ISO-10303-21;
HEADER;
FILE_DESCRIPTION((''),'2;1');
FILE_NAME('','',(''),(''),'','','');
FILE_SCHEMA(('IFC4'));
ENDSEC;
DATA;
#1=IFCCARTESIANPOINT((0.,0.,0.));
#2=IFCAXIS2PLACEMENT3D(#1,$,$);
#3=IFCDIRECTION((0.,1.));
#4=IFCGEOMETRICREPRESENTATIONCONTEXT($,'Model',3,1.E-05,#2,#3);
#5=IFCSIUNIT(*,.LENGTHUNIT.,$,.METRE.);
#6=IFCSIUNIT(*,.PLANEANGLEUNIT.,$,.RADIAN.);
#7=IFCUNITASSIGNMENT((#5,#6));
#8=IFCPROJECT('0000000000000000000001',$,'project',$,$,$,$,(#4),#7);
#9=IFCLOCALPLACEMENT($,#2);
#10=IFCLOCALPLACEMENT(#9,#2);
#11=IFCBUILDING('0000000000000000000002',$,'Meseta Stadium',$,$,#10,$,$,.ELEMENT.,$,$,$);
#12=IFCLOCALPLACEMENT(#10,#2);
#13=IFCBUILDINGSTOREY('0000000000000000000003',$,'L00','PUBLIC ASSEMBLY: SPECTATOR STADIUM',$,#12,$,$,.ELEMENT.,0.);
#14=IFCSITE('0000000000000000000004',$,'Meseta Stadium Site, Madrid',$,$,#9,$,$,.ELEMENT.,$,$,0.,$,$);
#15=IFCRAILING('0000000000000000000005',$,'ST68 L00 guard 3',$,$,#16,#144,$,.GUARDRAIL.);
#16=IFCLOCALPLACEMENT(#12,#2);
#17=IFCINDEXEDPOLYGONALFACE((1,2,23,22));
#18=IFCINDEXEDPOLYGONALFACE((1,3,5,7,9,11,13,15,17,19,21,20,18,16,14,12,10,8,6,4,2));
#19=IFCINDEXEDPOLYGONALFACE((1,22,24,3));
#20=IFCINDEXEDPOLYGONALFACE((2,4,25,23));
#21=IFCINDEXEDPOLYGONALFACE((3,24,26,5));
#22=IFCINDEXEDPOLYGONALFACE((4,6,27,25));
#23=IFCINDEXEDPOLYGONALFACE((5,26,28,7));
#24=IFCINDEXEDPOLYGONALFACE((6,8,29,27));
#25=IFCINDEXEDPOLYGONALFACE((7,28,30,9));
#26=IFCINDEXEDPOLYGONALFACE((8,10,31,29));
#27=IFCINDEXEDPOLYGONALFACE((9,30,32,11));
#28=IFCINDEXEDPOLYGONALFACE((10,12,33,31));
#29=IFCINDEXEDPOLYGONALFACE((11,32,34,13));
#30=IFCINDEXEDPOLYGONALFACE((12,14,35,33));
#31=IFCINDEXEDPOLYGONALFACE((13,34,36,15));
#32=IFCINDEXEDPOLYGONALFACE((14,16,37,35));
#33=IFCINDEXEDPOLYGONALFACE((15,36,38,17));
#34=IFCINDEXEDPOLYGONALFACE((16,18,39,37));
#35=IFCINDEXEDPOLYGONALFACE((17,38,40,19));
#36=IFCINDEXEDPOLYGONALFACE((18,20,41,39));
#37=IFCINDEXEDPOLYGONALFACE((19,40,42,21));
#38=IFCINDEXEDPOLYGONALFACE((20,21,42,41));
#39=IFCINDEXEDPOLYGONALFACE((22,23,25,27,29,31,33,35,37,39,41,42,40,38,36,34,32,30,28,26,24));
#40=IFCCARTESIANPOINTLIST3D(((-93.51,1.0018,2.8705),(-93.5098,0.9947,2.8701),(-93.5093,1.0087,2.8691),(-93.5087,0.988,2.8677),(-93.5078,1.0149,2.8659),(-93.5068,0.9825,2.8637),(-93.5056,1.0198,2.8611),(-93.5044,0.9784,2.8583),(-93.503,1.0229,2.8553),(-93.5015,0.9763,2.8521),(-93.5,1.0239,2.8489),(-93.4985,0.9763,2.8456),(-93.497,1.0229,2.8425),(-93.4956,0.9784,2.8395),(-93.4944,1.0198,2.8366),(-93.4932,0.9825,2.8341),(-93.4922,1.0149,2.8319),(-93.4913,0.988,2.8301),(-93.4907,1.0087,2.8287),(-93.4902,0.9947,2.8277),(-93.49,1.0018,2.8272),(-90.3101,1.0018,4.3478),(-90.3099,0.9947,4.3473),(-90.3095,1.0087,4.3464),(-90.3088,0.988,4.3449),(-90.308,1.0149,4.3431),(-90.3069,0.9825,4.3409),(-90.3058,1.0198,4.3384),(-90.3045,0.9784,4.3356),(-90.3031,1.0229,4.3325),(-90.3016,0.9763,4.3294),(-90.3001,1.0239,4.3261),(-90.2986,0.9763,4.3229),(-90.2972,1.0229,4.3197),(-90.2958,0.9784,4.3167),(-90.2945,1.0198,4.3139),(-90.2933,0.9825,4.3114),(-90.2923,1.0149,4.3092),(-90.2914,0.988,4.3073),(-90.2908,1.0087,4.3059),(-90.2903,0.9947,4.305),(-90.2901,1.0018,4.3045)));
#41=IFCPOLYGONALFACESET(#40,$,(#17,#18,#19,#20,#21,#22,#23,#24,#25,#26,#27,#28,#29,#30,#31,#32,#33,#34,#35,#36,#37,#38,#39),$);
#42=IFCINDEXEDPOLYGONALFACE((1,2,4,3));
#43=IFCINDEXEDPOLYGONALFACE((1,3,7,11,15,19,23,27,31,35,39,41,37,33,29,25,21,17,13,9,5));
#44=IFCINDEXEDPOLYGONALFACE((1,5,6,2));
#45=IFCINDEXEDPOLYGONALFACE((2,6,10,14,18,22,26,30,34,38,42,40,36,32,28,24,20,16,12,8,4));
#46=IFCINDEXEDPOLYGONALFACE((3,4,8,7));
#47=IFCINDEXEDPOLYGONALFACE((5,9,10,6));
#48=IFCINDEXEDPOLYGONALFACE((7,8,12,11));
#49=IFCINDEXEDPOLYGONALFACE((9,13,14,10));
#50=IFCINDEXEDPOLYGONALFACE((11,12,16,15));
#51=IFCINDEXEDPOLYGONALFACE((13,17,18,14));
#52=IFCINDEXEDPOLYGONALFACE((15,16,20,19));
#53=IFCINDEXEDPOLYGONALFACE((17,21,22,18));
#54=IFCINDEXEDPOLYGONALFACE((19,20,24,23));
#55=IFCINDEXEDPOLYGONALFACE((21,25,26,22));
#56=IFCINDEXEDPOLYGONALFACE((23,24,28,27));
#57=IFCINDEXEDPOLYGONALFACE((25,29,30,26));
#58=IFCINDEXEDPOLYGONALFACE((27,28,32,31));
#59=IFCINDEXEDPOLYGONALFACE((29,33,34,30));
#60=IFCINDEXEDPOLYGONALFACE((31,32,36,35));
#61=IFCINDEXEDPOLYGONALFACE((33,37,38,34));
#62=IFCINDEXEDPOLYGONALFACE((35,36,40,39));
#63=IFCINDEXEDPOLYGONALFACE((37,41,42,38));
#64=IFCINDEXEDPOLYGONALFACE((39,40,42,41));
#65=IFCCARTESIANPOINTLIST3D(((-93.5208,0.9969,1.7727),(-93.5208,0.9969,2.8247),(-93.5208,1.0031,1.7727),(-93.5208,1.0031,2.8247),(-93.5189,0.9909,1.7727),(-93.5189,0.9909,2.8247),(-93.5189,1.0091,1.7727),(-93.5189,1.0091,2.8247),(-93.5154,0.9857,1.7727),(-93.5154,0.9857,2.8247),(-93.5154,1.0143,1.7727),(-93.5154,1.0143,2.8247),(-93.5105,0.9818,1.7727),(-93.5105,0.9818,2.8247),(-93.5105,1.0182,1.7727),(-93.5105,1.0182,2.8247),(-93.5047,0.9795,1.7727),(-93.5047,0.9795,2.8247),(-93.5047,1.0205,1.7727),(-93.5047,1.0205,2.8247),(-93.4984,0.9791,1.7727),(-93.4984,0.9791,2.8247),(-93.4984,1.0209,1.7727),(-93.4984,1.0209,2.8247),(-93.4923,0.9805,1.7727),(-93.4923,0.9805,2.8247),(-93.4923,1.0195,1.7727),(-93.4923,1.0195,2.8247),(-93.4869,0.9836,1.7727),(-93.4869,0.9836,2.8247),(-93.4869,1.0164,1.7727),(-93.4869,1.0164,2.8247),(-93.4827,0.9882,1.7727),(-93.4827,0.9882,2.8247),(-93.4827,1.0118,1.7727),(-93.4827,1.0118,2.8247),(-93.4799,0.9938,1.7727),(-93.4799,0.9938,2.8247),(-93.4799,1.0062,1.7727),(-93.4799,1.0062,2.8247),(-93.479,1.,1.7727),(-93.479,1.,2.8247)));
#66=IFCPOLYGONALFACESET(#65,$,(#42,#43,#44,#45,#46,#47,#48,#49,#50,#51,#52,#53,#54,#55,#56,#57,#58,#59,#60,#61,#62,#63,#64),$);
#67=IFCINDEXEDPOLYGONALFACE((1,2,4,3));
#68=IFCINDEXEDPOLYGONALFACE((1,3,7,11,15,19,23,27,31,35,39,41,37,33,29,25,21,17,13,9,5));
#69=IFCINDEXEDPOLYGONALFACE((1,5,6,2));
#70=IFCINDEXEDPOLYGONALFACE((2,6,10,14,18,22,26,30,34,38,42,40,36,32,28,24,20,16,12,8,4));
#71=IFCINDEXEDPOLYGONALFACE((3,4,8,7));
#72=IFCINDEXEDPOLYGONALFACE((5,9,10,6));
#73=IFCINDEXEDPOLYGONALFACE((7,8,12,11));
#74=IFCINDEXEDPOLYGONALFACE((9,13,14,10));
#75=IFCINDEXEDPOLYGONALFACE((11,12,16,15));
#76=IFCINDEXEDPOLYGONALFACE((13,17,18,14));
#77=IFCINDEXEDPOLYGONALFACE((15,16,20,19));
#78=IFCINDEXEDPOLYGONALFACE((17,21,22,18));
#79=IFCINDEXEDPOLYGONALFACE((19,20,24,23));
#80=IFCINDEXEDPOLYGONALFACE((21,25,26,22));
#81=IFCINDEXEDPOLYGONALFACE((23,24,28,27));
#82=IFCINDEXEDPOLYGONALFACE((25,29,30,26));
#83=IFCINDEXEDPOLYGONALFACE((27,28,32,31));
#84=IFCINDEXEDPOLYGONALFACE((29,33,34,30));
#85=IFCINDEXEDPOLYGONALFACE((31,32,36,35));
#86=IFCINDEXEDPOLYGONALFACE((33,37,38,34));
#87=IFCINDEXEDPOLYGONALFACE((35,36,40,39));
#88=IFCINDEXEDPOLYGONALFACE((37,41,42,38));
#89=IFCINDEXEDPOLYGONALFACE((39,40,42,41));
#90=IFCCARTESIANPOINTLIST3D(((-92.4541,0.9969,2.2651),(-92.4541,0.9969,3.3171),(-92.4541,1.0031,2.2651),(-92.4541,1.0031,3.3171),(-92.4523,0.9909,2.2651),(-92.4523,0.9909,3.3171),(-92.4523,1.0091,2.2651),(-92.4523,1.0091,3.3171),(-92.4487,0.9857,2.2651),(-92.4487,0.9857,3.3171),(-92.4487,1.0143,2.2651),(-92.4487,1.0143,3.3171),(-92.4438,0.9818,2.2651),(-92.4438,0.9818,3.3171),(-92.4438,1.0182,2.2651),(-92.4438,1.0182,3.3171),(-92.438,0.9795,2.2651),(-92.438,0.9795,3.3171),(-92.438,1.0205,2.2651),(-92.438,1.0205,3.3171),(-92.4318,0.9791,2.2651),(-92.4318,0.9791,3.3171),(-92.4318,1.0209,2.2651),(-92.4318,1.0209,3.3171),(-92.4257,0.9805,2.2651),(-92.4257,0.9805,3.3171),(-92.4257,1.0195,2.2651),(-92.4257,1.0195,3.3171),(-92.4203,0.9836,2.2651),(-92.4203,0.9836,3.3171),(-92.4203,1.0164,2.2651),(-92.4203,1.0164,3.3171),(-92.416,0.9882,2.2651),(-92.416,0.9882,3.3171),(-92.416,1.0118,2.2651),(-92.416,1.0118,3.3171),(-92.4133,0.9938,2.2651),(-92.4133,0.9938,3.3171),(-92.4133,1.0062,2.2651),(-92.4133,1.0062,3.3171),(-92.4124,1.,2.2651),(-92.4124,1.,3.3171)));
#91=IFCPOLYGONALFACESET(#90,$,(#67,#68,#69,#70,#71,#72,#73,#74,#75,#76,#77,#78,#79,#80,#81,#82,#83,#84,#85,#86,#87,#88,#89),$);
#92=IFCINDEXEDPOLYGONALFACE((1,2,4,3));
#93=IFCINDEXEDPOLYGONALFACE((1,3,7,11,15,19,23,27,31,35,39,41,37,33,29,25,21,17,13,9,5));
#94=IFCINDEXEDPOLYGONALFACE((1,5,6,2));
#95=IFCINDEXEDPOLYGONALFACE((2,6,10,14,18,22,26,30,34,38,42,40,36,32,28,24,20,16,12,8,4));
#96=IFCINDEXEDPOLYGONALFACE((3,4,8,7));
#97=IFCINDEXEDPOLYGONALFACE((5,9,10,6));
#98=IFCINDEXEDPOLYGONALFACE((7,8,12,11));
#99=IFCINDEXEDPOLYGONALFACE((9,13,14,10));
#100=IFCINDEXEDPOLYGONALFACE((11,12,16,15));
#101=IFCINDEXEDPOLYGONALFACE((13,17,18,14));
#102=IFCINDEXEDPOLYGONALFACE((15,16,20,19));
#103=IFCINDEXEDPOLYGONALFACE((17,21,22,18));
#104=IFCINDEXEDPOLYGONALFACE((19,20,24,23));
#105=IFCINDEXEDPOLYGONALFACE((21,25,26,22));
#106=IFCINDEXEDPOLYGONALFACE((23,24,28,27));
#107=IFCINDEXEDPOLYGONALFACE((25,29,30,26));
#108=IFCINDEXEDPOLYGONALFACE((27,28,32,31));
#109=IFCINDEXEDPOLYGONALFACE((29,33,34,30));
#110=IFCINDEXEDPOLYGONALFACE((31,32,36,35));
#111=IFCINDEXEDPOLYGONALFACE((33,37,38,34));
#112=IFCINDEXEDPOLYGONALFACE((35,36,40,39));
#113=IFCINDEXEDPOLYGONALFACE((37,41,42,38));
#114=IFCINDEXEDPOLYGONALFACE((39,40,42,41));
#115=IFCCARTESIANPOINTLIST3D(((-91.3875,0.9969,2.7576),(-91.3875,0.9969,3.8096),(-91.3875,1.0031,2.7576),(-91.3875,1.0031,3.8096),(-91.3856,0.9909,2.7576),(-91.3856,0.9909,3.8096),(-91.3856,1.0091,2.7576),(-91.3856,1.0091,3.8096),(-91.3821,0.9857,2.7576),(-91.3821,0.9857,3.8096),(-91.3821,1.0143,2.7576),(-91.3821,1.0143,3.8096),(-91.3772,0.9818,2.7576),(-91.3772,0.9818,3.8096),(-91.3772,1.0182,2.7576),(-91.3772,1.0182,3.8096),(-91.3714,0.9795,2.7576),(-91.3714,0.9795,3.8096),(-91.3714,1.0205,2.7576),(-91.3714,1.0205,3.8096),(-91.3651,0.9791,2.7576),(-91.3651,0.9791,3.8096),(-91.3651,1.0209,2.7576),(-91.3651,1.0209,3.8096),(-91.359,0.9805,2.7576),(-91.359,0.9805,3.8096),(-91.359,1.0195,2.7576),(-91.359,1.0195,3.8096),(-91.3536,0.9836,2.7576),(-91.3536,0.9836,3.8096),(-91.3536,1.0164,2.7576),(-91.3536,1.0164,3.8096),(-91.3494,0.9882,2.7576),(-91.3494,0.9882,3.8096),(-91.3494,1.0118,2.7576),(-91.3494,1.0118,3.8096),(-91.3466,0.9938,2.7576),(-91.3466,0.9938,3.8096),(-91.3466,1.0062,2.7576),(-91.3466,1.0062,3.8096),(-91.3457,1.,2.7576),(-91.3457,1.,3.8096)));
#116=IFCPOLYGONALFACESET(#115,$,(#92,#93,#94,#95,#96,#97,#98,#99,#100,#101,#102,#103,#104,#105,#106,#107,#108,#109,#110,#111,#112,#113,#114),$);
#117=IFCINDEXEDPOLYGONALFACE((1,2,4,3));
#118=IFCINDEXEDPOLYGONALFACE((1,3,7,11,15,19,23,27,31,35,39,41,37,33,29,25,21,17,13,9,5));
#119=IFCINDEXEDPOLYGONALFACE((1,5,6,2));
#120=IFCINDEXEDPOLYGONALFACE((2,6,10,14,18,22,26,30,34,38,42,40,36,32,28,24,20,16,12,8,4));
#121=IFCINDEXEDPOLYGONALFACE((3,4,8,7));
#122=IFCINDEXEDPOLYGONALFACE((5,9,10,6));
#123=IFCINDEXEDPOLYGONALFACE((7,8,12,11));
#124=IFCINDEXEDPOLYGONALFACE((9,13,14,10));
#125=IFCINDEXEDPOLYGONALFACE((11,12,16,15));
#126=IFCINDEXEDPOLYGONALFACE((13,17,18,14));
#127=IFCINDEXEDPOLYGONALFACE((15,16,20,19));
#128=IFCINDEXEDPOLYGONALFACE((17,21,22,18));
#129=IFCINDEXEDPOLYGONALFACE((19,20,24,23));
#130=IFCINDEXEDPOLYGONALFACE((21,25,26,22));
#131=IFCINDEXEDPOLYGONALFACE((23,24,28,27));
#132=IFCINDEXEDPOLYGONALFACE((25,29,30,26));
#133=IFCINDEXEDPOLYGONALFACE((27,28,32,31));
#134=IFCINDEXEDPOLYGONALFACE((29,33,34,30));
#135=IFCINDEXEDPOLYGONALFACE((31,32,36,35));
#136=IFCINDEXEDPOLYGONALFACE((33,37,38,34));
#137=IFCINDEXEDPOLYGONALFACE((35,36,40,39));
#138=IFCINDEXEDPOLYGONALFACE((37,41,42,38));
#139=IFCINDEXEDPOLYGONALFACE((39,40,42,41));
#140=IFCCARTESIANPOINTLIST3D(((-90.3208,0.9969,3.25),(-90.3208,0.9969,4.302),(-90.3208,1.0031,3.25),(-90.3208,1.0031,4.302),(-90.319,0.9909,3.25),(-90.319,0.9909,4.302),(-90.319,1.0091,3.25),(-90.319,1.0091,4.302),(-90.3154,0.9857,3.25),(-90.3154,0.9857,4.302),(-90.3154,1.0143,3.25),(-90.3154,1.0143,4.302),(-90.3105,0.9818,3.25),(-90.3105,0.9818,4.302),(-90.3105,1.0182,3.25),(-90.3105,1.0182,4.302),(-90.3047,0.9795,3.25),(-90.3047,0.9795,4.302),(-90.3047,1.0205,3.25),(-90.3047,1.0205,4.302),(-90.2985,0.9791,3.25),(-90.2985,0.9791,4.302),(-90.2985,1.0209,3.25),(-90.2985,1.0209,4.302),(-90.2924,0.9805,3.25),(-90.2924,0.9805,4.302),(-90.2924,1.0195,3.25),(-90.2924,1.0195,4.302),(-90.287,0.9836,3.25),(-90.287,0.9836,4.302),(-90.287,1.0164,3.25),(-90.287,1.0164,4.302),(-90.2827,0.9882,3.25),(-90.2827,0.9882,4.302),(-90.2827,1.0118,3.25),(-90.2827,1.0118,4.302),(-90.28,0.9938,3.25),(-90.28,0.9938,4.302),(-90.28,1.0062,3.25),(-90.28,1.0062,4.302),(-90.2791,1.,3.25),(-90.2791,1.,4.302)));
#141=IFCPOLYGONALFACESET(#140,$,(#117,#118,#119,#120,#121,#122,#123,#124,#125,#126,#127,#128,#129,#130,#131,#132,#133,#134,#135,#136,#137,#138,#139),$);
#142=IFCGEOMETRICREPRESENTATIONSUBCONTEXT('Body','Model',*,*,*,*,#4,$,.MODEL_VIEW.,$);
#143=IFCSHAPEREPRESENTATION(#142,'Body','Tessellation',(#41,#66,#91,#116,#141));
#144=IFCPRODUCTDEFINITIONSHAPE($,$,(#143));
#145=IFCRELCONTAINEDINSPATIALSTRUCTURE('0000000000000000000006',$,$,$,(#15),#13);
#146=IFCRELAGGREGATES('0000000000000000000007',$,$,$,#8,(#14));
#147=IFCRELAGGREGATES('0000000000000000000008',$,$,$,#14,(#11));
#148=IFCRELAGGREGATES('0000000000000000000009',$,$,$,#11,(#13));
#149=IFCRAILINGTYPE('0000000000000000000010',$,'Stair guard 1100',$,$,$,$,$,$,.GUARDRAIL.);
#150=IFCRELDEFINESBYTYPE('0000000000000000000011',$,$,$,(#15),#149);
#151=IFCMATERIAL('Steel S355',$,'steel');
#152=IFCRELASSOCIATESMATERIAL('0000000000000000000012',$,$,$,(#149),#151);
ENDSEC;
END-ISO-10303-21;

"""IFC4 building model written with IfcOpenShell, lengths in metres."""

from ifc_helpers import new_model, si_unit, direction, frame, origin, origin_2d, place, context, subcontext, project, spatial, circle, extrude, material, type_object, element, save


model = new_model("IFC4")

# Units and contexts
model_context = context("Model", 3, precision=1e-05, world=origin(), true_north=direction((0.0, 1.0)))
body_context = subcontext(model_context, "Body", "Model", "MODEL_VIEW")
ifc_project = project(units=[si_unit("LENGTHUNIT", "METRE"), si_unit("PLANEANGLEUNIT", "RADIAN")], contexts=[model_context])

# Site, building, storey
site_placement = place(None, origin())
site = spatial("IfcSite", under=ifc_project, at=site_placement, Name="Meseta Stadium Site, Madrid", CompositionType="ELEMENT", RefElevation=0.0)
building_placement = place(site_placement, origin())
building = spatial("IfcBuilding", under=site, at=building_placement, Name="Meseta Stadium", CompositionType="ELEMENT")
storey_placement = place(building_placement, origin())
storey = spatial("IfcBuildingStorey", under=building, at=storey_placement, Name="L00", Description="PUBLIC ASSEMBLY: SPECTATOR STADIUM", CompositionType="ELEMENT", Elevation=0.0)

# Railing
ifc_material_1 = material(Name="Steel S355", Category="steel")
railing_type_1 = type_object("IfcRailingType", Name="Stair guard 1100", PredefinedType="GUARDRAIL", material=ifc_material_1)
railing_1_placement = place(storey_placement, frame((-93.5, 1.0, 1.7727)))
element("IfcRailing", 1, at=railing_1_placement, inside=storey, type_object=railing_type_1, Name="ST68 L00 guard 3", PredefinedType="GUARDRAIL", context=body_context, shape_type="SweptSolid", body=[
    extrude(circle(Radius=0.0239, at=origin_2d()), frame((0.0, 0.0, 1.0762), z_axis=(0.907917, 0.0, 0.41915), x_axis=(0.0, 1.0, 0.0)), (0.0, 0.0, 1.0), 3.5244),
    extrude(circle(Radius=0.021, at=origin_2d()), origin(), (0.0, 0.0, 1.0), 1.052),
    extrude(circle(Radius=0.021, at=origin_2d()), frame((1.0667, 0.0, 0.4924)), (0.0, 0.0, 1.0), 1.052),
    extrude(circle(Radius=0.021, at=origin_2d()), frame((2.1333, 0.0, 0.9849)), (0.0, 0.0, 1.0), 1.052),
    extrude(circle(Radius=0.021, at=origin_2d()), frame((3.2, 0.0, 1.4773)), (0.0, 0.0, 1.0), 1.052),
])

save(model, "model.ifc")
